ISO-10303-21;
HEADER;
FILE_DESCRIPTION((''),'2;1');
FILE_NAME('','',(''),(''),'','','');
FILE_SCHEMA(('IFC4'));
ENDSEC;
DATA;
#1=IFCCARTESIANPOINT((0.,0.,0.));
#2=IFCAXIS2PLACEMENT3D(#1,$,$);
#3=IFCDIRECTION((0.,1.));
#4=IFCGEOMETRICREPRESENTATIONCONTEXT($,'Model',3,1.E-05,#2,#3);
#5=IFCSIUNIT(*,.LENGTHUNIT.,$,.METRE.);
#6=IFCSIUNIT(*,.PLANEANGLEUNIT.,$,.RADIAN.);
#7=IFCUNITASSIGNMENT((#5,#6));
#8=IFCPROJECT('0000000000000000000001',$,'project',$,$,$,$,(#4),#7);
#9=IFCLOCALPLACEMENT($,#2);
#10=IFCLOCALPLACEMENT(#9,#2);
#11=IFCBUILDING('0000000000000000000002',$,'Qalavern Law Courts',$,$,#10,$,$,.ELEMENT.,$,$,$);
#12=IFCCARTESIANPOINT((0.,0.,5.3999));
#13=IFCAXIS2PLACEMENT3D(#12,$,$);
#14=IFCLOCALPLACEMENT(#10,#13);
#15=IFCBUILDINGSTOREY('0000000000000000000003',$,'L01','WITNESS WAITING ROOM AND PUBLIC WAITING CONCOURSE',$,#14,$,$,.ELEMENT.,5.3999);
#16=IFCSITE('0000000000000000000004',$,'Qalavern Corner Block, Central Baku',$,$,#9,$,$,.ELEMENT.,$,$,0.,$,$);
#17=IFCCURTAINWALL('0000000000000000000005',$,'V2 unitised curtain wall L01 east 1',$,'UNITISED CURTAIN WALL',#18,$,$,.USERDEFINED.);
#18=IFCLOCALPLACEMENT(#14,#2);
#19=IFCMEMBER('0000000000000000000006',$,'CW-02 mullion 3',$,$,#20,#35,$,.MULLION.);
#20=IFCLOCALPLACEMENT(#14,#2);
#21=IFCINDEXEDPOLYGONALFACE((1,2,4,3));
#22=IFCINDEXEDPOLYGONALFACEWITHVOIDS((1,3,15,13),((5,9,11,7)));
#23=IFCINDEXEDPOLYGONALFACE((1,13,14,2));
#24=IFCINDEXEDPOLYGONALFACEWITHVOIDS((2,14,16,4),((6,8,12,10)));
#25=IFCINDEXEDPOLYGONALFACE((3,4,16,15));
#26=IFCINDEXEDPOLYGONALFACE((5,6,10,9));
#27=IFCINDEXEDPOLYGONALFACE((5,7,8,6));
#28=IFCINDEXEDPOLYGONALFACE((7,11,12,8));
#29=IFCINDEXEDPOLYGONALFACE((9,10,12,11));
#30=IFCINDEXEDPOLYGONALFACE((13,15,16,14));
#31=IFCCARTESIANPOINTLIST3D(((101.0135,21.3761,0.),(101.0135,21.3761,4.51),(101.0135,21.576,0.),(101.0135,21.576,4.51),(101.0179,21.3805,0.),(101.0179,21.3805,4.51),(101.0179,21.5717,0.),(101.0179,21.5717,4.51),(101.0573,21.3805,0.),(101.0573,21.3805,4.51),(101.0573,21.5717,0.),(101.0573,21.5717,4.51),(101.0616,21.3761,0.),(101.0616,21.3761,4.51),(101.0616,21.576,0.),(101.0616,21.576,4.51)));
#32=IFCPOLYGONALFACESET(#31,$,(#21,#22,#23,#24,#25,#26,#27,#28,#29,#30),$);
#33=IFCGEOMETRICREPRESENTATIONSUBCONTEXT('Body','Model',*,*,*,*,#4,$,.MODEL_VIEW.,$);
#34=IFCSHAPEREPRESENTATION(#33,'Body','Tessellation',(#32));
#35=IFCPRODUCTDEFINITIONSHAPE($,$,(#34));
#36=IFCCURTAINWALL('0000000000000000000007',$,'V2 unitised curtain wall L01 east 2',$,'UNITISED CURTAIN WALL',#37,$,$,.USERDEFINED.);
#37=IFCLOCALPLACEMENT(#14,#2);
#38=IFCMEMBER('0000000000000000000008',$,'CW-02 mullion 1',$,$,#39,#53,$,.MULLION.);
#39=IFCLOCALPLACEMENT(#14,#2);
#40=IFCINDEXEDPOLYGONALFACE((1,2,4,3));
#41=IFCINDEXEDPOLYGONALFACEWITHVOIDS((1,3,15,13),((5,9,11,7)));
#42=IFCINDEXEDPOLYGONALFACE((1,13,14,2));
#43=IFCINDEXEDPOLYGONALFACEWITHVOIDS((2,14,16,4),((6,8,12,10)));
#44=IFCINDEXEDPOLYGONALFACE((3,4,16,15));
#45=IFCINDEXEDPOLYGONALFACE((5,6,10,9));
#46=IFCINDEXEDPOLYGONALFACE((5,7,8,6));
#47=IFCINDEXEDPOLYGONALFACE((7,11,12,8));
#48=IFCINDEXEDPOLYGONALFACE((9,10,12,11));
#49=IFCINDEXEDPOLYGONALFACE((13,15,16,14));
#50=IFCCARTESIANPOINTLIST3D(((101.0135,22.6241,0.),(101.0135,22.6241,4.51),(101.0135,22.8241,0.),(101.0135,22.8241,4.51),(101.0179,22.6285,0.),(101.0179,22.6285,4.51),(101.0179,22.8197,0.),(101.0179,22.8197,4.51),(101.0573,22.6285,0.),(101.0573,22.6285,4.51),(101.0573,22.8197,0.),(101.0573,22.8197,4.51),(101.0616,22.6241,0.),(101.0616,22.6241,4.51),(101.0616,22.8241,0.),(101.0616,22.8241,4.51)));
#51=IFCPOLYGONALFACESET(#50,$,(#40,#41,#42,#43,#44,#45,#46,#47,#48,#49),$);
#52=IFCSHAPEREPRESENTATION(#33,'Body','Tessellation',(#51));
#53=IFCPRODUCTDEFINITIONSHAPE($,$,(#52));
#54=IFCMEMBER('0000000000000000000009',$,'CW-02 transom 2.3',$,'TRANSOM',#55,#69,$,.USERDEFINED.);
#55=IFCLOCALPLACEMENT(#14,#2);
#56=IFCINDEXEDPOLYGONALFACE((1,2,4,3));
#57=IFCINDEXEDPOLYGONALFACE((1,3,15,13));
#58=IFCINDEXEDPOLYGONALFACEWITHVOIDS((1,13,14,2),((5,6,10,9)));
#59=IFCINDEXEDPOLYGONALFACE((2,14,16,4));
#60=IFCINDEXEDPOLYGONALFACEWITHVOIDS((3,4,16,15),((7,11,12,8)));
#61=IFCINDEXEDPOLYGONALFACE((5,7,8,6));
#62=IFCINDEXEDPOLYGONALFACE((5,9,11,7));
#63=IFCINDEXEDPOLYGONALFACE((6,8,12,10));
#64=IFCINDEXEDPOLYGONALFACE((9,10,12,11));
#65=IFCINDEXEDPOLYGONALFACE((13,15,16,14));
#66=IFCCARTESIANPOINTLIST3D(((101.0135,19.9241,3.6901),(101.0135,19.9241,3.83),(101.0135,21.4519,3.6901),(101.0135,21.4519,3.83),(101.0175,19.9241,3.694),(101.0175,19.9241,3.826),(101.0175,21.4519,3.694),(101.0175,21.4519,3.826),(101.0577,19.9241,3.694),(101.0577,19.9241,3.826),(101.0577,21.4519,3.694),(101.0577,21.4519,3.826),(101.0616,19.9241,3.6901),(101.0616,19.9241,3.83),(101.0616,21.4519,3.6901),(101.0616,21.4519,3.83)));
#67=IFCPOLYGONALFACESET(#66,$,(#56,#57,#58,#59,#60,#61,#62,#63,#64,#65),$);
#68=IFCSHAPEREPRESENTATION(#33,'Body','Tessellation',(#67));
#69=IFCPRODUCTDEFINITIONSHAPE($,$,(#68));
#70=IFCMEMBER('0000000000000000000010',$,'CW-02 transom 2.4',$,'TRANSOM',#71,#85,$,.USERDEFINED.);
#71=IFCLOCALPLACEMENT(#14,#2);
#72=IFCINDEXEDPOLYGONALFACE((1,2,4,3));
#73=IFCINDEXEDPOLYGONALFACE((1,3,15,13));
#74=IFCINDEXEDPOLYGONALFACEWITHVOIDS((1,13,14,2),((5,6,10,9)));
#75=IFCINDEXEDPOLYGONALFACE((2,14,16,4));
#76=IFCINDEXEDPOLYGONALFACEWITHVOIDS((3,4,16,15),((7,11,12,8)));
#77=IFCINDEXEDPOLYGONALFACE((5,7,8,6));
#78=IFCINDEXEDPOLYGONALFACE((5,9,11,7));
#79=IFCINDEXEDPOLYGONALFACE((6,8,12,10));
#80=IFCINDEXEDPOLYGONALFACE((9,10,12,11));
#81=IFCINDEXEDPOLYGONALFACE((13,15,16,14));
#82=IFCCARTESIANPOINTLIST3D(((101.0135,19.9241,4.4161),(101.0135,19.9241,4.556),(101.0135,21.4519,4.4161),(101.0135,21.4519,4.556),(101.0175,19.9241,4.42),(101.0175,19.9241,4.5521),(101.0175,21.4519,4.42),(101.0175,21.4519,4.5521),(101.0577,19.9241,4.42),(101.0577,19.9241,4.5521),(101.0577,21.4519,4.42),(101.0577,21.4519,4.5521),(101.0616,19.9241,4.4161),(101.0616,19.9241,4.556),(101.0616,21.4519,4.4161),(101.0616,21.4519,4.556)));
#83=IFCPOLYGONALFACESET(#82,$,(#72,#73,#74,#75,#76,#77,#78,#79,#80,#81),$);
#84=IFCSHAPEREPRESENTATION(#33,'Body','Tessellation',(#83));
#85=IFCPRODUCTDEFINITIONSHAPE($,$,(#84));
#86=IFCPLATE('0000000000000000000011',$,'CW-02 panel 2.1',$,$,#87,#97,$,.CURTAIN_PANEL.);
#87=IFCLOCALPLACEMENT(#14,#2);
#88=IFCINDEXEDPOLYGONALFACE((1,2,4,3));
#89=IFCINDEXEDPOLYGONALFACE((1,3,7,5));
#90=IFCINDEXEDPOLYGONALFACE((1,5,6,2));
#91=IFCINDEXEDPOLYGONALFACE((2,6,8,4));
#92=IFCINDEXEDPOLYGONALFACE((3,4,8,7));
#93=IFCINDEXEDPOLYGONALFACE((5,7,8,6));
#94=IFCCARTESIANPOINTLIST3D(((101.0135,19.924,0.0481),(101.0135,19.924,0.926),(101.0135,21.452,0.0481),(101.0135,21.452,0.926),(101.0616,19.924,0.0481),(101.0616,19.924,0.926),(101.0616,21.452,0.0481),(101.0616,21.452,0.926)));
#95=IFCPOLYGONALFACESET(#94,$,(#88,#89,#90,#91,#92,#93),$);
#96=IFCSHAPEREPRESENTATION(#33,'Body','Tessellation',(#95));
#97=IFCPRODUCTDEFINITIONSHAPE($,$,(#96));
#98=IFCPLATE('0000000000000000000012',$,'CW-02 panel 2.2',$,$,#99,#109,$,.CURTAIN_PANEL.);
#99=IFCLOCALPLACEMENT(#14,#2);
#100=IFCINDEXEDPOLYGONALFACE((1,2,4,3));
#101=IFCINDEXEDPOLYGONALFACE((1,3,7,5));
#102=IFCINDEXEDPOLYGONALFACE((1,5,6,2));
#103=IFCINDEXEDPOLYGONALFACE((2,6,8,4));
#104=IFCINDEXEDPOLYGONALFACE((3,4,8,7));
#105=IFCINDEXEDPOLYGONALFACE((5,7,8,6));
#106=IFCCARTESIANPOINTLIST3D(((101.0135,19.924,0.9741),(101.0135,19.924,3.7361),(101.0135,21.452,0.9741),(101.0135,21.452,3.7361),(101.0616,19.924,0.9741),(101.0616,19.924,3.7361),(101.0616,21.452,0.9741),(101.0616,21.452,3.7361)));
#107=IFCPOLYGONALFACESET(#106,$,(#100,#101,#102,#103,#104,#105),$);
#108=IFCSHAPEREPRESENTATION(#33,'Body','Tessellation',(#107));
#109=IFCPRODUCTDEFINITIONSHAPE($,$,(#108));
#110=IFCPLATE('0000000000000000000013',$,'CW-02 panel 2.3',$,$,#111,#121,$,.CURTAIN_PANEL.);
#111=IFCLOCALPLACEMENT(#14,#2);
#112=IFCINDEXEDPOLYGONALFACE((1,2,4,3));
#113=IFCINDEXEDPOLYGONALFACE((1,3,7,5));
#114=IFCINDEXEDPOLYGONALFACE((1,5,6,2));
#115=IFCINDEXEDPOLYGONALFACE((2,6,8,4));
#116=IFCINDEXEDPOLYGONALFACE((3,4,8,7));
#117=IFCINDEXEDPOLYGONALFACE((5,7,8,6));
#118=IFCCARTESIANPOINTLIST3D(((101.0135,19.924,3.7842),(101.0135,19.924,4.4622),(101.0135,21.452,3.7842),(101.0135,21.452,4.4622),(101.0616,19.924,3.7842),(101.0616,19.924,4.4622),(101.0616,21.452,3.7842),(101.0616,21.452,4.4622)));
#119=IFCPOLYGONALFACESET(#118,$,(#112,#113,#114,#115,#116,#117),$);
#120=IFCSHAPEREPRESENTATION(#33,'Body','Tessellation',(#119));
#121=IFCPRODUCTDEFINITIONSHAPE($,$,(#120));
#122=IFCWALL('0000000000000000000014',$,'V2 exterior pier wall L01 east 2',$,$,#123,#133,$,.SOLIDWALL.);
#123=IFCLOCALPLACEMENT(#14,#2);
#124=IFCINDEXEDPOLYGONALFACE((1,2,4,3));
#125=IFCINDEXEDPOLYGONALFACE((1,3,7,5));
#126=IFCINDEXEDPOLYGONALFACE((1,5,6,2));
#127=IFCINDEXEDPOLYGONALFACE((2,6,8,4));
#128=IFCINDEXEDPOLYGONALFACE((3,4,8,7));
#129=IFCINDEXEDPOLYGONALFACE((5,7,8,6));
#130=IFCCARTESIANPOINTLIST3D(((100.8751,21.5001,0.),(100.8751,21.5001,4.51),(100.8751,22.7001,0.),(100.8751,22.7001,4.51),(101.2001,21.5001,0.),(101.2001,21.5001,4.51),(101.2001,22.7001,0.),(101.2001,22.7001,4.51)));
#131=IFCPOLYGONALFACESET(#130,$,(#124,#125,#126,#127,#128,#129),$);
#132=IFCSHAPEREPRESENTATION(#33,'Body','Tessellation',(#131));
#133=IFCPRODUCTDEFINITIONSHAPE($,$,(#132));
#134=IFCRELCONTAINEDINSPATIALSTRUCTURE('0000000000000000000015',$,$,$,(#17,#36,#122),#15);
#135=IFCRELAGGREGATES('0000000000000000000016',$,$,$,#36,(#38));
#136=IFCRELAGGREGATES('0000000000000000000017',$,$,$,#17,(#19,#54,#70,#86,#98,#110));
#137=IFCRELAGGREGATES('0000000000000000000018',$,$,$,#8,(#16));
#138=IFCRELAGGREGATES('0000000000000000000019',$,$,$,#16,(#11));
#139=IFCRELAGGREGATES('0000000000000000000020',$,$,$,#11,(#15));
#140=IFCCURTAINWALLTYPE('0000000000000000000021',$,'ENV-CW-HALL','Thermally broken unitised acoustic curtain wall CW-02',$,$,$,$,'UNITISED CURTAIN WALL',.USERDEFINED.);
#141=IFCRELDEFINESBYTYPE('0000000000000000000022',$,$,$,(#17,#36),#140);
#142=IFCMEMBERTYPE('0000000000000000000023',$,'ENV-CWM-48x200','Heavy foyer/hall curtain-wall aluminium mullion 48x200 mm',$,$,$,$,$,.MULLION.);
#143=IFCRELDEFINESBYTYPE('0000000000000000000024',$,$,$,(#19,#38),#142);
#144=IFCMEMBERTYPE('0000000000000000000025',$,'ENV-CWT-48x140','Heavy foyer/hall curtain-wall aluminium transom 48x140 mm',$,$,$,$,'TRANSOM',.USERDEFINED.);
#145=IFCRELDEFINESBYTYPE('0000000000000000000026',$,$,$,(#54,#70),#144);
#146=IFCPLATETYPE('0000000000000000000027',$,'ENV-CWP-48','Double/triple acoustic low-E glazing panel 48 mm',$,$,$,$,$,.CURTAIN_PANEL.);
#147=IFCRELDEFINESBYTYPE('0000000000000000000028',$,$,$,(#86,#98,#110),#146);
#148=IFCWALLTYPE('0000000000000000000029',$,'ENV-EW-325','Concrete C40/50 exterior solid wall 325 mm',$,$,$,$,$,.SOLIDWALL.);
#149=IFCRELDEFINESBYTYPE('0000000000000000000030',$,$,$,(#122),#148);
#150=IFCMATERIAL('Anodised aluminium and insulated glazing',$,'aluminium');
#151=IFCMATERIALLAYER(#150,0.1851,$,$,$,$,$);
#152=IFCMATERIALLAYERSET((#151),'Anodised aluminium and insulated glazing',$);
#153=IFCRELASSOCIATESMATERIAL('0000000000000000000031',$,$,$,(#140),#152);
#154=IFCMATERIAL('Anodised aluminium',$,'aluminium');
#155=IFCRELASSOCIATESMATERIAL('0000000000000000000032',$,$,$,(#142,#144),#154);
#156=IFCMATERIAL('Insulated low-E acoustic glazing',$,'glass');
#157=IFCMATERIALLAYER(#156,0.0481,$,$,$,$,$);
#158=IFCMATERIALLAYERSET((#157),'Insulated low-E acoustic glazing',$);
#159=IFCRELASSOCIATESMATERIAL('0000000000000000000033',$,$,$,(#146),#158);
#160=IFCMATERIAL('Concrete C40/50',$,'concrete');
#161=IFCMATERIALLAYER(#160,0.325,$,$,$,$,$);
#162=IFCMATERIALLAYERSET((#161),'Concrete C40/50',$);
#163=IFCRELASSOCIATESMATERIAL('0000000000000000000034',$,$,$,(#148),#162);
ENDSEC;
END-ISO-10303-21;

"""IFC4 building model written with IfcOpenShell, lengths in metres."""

from ifc_helpers import new_model, si_unit, direction, frame, frame_2d, origin, origin_2d, place, context, subcontext, project, spatial, rectangle, hollow_rectangle, extrude, material, layer, layer_set, material_profile, profile_set, type_object, element, aggregate, save


model = new_model("IFC4")

# Units and contexts
model_context = context("Model", 3, precision=1e-05, world=origin(), true_north=direction((0.0, 1.0)))
body_context = subcontext(model_context, "Body", "Model", "MODEL_VIEW")
ifc_project = project(units=[si_unit("LENGTHUNIT", "METRE"), si_unit("PLANEANGLEUNIT", "RADIAN")], contexts=[model_context])

# Site, building, storey
site_placement = place(None, origin())
site = spatial("IfcSite", under=ifc_project, at=site_placement, Name="Qalavern Corner Block, Central Baku", CompositionType="ELEMENT", RefElevation=0.0)
building_placement = place(site_placement, origin())
building = spatial("IfcBuilding", under=site, at=building_placement, Name="Qalavern Law Courts", CompositionType="ELEMENT")
storey_placement = place(building_placement, frame((0.0, 0.0, 5.3999)))
storey = spatial("IfcBuildingStorey", under=building, at=storey_placement, Name="L01", Description="WITNESS WAITING ROOM AND PUBLIC WAITING CONCOURSE", CompositionType="ELEMENT", Elevation=5.3999)

# Curtain walls, members
ifc_material_1 = material(Name="Anodised aluminium and insulated glazing", Category="aluminium")
ifc_layer_1 = layer(ifc_material_1, 0.1851)
ifc_layer_set_1 = layer_set([ifc_layer_1], Name="Anodised aluminium and insulated glazing")
curtain_wall_type = type_object("IfcCurtainWallType", Name="ENV-CW-HALL", Description="Thermally broken unitised acoustic curtain wall CW-02", ElementType="UNITISED CURTAIN WALL", PredefinedType="USERDEFINED", material=ifc_layer_set_1)
curtain_wall_1_placement = place(storey_placement, origin())
curtain_wall_1 = element("IfcCurtainWall", 1, at=curtain_wall_1_placement, inside=storey, type_object=curtain_wall_type, Name="V2 unitised curtain wall L01 east 1", ObjectType="UNITISED CURTAIN WALL", PredefinedType="USERDEFINED")
ifc_material_2 = material(Name="Anodised aluminium", Category="aluminium")
ifc_material_profile_1 = material_profile(ifc_material_2, hollow_rectangle(XDim=0.0481, YDim=0.2, WallThickness=0.0044, at=origin_2d()), Name="ALU MULLION 48x200")
ifc_profile_set_1 = profile_set([ifc_material_profile_1], Name="Anodised aluminium")
member_type_1 = type_object("IfcMemberType", Name="ENV-CWM-48x200", Description="Heavy foyer/hall curtain-wall aluminium mullion 48x200 mm", PredefinedType="MULLION", material=ifc_profile_set_1)
member_1_placement = place(storey_placement, frame((101.0376, 21.4761, 0.0), z_axis=(0.0, 0.0, 1.0), x_axis=(-1.0, 0.0, 0.0)))
member_1 = element("IfcMember", 2, at=member_1_placement, type_object=member_type_1, Name="CW-02 mullion 3", PredefinedType="MULLION", context=body_context, shape_type="SweptSolid", body=[
    extrude(hollow_rectangle(XDim=0.0481, YDim=0.2, WallThickness=0.0044, at=origin_2d()), origin(), (0.0, 0.0, 1.0), 4.51),
])
curtain_wall_2_placement = place(storey_placement, origin())
curtain_wall_2 = element("IfcCurtainWall", 3, at=curtain_wall_2_placement, inside=storey, type_object=curtain_wall_type, Name="V2 unitised curtain wall L01 east 2", ObjectType="UNITISED CURTAIN WALL", PredefinedType="USERDEFINED")
member_2_placement = place(storey_placement, frame((101.0376, 22.7241, 0.0), z_axis=(0.0, 0.0, 1.0), x_axis=(-1.0, 0.0, 0.0)))
member_2 = element("IfcMember", 4, at=member_2_placement, type_object=member_type_1, Name="CW-02 mullion 1", PredefinedType="MULLION", context=body_context, shape_type="SweptSolid", body=[
    extrude(hollow_rectangle(XDim=0.0481, YDim=0.2, WallThickness=0.0044, at=origin_2d()), origin(), (0.0, 0.0, 1.0), 4.51),
])
aggregate(curtain_wall_2, [member_2])

# Members
ifc_material_profile_2 = material_profile(ifc_material_2, hollow_rectangle(XDim=0.0481, YDim=0.1399, WallThickness=0.0039, at=origin_2d()), Name="ALU TRANSOM 48x140")
ifc_profile_set_2 = profile_set([ifc_material_profile_2], Name="Anodised aluminium")
member_type_2 = type_object("IfcMemberType", Name="ENV-CWT-48x140", Description="Heavy foyer/hall curtain-wall aluminium transom 48x140 mm", ElementType="TRANSOM", PredefinedType="USERDEFINED", material=ifc_profile_set_2)
member_3_placement = place(storey_placement, frame((101.0376, 19.9241, 3.76), z_axis=(0.0, 1.0, 0.0), x_axis=(-1.0, 0.0, 0.0)))
member_3 = element("IfcMember", 5, at=member_3_placement, type_object=member_type_2, Name="CW-02 transom 2.3", ObjectType="TRANSOM", PredefinedType="USERDEFINED", context=body_context, shape_type="SweptSolid", body=[
    extrude(hollow_rectangle(XDim=0.0481, YDim=0.1399, WallThickness=0.0039, at=origin_2d()), origin(), (0.0, 0.0, 1.0), 1.5278),
])
member_4_placement = place(storey_placement, frame((101.0376, 19.9241, 4.4861), z_axis=(0.0, 1.0, 0.0), x_axis=(-1.0, 0.0, 0.0)))
member_4 = element("IfcMember", 6, at=member_4_placement, type_object=member_type_2, Name="CW-02 transom 2.4", ObjectType="TRANSOM", PredefinedType="USERDEFINED", context=body_context, shape_type="SweptSolid", body=[
    extrude(hollow_rectangle(XDim=0.0481, YDim=0.1399, WallThickness=0.0039, at=origin_2d()), origin(), (0.0, 0.0, 1.0), 1.5278),
])

# Plates
ifc_material_3 = material(Name="Insulated low-E acoustic glazing", Category="glass")
ifc_layer_2 = layer(ifc_material_3, 0.0481)
ifc_layer_set_2 = layer_set([ifc_layer_2], Name="Insulated low-E acoustic glazing")
plate_type = type_object("IfcPlateType", Name="ENV-CWP-48", Description="Double/triple acoustic low-E glazing panel 48 mm", PredefinedType="CURTAIN_PANEL", material=ifc_layer_set_2)
plate_1_placement = place(storey_placement, frame((101.0376, 20.688, 0.0481), z_axis=(0.0, 0.0, 1.0), x_axis=(0.0, 1.0, 0.0)))
plate_1 = element("IfcPlate", 7, at=plate_1_placement, type_object=plate_type, Name="CW-02 panel 2.1", PredefinedType="CURTAIN_PANEL", context=body_context, shape_type="SweptSolid", body=[
    extrude(rectangle(XDim=1.5281, YDim=0.0481, at=origin_2d()), origin(), (0.0, 0.0, 1.0), 0.8779),
])
plate_2_placement = place(storey_placement, frame((101.0376, 20.688, 0.9741), z_axis=(0.0, 0.0, 1.0), x_axis=(0.0, 1.0, 0.0)))
plate_2 = element("IfcPlate", 8, at=plate_2_placement, type_object=plate_type, Name="CW-02 panel 2.2", PredefinedType="CURTAIN_PANEL", context=body_context, shape_type="SweptSolid", body=[
    extrude(rectangle(XDim=1.5281, YDim=0.0481, at=origin_2d()), origin(), (0.0, 0.0, 1.0), 2.762),
])
plate_3_placement = place(storey_placement, frame((101.0376, 20.688, 3.7842), z_axis=(0.0, 0.0, 1.0), x_axis=(0.0, 1.0, 0.0)))
plate_3 = element("IfcPlate", 9, at=plate_3_placement, type_object=plate_type, Name="CW-02 panel 2.3", PredefinedType="CURTAIN_PANEL", context=body_context, shape_type="SweptSolid", body=[
    extrude(rectangle(XDim=1.5281, YDim=0.0481, at=origin_2d()), origin(), (0.0, 0.0, 1.0), 0.678),
])
aggregate(curtain_wall_1, [member_1, member_3, member_4, plate_1, plate_2, plate_3])

# Wall
ifc_material_4 = material(Name="Concrete C40/50", Category="concrete")
ifc_layer_3 = layer(ifc_material_4, 0.325)
ifc_layer_set_3 = layer_set([ifc_layer_3], Name="Concrete C40/50")
wall_type = type_object("IfcWallType", Name="ENV-EW-325", Description="Concrete C40/50 exterior solid wall 325 mm", PredefinedType="SOLIDWALL", material=ifc_layer_set_3)
wall_placement = place(storey_placement, frame((101.0376, 21.5, 0.0), z_axis=(0.0, 0.0, 1.0), x_axis=(0.0, 1.0, 0.0)))
element("IfcWall", 10, at=wall_placement, inside=storey, type_object=wall_type, Name="V2 exterior pier wall L01 east 2", PredefinedType="SOLIDWALL", context=body_context, shape_type="SweptSolid", body=[
    extrude(rectangle(XDim=1.2, YDim=0.325, at=frame_2d((0.6001, 0.0))), origin(), (0.0, 0.0, 1.0), 4.51),
])

save(model, "model.ifc")
